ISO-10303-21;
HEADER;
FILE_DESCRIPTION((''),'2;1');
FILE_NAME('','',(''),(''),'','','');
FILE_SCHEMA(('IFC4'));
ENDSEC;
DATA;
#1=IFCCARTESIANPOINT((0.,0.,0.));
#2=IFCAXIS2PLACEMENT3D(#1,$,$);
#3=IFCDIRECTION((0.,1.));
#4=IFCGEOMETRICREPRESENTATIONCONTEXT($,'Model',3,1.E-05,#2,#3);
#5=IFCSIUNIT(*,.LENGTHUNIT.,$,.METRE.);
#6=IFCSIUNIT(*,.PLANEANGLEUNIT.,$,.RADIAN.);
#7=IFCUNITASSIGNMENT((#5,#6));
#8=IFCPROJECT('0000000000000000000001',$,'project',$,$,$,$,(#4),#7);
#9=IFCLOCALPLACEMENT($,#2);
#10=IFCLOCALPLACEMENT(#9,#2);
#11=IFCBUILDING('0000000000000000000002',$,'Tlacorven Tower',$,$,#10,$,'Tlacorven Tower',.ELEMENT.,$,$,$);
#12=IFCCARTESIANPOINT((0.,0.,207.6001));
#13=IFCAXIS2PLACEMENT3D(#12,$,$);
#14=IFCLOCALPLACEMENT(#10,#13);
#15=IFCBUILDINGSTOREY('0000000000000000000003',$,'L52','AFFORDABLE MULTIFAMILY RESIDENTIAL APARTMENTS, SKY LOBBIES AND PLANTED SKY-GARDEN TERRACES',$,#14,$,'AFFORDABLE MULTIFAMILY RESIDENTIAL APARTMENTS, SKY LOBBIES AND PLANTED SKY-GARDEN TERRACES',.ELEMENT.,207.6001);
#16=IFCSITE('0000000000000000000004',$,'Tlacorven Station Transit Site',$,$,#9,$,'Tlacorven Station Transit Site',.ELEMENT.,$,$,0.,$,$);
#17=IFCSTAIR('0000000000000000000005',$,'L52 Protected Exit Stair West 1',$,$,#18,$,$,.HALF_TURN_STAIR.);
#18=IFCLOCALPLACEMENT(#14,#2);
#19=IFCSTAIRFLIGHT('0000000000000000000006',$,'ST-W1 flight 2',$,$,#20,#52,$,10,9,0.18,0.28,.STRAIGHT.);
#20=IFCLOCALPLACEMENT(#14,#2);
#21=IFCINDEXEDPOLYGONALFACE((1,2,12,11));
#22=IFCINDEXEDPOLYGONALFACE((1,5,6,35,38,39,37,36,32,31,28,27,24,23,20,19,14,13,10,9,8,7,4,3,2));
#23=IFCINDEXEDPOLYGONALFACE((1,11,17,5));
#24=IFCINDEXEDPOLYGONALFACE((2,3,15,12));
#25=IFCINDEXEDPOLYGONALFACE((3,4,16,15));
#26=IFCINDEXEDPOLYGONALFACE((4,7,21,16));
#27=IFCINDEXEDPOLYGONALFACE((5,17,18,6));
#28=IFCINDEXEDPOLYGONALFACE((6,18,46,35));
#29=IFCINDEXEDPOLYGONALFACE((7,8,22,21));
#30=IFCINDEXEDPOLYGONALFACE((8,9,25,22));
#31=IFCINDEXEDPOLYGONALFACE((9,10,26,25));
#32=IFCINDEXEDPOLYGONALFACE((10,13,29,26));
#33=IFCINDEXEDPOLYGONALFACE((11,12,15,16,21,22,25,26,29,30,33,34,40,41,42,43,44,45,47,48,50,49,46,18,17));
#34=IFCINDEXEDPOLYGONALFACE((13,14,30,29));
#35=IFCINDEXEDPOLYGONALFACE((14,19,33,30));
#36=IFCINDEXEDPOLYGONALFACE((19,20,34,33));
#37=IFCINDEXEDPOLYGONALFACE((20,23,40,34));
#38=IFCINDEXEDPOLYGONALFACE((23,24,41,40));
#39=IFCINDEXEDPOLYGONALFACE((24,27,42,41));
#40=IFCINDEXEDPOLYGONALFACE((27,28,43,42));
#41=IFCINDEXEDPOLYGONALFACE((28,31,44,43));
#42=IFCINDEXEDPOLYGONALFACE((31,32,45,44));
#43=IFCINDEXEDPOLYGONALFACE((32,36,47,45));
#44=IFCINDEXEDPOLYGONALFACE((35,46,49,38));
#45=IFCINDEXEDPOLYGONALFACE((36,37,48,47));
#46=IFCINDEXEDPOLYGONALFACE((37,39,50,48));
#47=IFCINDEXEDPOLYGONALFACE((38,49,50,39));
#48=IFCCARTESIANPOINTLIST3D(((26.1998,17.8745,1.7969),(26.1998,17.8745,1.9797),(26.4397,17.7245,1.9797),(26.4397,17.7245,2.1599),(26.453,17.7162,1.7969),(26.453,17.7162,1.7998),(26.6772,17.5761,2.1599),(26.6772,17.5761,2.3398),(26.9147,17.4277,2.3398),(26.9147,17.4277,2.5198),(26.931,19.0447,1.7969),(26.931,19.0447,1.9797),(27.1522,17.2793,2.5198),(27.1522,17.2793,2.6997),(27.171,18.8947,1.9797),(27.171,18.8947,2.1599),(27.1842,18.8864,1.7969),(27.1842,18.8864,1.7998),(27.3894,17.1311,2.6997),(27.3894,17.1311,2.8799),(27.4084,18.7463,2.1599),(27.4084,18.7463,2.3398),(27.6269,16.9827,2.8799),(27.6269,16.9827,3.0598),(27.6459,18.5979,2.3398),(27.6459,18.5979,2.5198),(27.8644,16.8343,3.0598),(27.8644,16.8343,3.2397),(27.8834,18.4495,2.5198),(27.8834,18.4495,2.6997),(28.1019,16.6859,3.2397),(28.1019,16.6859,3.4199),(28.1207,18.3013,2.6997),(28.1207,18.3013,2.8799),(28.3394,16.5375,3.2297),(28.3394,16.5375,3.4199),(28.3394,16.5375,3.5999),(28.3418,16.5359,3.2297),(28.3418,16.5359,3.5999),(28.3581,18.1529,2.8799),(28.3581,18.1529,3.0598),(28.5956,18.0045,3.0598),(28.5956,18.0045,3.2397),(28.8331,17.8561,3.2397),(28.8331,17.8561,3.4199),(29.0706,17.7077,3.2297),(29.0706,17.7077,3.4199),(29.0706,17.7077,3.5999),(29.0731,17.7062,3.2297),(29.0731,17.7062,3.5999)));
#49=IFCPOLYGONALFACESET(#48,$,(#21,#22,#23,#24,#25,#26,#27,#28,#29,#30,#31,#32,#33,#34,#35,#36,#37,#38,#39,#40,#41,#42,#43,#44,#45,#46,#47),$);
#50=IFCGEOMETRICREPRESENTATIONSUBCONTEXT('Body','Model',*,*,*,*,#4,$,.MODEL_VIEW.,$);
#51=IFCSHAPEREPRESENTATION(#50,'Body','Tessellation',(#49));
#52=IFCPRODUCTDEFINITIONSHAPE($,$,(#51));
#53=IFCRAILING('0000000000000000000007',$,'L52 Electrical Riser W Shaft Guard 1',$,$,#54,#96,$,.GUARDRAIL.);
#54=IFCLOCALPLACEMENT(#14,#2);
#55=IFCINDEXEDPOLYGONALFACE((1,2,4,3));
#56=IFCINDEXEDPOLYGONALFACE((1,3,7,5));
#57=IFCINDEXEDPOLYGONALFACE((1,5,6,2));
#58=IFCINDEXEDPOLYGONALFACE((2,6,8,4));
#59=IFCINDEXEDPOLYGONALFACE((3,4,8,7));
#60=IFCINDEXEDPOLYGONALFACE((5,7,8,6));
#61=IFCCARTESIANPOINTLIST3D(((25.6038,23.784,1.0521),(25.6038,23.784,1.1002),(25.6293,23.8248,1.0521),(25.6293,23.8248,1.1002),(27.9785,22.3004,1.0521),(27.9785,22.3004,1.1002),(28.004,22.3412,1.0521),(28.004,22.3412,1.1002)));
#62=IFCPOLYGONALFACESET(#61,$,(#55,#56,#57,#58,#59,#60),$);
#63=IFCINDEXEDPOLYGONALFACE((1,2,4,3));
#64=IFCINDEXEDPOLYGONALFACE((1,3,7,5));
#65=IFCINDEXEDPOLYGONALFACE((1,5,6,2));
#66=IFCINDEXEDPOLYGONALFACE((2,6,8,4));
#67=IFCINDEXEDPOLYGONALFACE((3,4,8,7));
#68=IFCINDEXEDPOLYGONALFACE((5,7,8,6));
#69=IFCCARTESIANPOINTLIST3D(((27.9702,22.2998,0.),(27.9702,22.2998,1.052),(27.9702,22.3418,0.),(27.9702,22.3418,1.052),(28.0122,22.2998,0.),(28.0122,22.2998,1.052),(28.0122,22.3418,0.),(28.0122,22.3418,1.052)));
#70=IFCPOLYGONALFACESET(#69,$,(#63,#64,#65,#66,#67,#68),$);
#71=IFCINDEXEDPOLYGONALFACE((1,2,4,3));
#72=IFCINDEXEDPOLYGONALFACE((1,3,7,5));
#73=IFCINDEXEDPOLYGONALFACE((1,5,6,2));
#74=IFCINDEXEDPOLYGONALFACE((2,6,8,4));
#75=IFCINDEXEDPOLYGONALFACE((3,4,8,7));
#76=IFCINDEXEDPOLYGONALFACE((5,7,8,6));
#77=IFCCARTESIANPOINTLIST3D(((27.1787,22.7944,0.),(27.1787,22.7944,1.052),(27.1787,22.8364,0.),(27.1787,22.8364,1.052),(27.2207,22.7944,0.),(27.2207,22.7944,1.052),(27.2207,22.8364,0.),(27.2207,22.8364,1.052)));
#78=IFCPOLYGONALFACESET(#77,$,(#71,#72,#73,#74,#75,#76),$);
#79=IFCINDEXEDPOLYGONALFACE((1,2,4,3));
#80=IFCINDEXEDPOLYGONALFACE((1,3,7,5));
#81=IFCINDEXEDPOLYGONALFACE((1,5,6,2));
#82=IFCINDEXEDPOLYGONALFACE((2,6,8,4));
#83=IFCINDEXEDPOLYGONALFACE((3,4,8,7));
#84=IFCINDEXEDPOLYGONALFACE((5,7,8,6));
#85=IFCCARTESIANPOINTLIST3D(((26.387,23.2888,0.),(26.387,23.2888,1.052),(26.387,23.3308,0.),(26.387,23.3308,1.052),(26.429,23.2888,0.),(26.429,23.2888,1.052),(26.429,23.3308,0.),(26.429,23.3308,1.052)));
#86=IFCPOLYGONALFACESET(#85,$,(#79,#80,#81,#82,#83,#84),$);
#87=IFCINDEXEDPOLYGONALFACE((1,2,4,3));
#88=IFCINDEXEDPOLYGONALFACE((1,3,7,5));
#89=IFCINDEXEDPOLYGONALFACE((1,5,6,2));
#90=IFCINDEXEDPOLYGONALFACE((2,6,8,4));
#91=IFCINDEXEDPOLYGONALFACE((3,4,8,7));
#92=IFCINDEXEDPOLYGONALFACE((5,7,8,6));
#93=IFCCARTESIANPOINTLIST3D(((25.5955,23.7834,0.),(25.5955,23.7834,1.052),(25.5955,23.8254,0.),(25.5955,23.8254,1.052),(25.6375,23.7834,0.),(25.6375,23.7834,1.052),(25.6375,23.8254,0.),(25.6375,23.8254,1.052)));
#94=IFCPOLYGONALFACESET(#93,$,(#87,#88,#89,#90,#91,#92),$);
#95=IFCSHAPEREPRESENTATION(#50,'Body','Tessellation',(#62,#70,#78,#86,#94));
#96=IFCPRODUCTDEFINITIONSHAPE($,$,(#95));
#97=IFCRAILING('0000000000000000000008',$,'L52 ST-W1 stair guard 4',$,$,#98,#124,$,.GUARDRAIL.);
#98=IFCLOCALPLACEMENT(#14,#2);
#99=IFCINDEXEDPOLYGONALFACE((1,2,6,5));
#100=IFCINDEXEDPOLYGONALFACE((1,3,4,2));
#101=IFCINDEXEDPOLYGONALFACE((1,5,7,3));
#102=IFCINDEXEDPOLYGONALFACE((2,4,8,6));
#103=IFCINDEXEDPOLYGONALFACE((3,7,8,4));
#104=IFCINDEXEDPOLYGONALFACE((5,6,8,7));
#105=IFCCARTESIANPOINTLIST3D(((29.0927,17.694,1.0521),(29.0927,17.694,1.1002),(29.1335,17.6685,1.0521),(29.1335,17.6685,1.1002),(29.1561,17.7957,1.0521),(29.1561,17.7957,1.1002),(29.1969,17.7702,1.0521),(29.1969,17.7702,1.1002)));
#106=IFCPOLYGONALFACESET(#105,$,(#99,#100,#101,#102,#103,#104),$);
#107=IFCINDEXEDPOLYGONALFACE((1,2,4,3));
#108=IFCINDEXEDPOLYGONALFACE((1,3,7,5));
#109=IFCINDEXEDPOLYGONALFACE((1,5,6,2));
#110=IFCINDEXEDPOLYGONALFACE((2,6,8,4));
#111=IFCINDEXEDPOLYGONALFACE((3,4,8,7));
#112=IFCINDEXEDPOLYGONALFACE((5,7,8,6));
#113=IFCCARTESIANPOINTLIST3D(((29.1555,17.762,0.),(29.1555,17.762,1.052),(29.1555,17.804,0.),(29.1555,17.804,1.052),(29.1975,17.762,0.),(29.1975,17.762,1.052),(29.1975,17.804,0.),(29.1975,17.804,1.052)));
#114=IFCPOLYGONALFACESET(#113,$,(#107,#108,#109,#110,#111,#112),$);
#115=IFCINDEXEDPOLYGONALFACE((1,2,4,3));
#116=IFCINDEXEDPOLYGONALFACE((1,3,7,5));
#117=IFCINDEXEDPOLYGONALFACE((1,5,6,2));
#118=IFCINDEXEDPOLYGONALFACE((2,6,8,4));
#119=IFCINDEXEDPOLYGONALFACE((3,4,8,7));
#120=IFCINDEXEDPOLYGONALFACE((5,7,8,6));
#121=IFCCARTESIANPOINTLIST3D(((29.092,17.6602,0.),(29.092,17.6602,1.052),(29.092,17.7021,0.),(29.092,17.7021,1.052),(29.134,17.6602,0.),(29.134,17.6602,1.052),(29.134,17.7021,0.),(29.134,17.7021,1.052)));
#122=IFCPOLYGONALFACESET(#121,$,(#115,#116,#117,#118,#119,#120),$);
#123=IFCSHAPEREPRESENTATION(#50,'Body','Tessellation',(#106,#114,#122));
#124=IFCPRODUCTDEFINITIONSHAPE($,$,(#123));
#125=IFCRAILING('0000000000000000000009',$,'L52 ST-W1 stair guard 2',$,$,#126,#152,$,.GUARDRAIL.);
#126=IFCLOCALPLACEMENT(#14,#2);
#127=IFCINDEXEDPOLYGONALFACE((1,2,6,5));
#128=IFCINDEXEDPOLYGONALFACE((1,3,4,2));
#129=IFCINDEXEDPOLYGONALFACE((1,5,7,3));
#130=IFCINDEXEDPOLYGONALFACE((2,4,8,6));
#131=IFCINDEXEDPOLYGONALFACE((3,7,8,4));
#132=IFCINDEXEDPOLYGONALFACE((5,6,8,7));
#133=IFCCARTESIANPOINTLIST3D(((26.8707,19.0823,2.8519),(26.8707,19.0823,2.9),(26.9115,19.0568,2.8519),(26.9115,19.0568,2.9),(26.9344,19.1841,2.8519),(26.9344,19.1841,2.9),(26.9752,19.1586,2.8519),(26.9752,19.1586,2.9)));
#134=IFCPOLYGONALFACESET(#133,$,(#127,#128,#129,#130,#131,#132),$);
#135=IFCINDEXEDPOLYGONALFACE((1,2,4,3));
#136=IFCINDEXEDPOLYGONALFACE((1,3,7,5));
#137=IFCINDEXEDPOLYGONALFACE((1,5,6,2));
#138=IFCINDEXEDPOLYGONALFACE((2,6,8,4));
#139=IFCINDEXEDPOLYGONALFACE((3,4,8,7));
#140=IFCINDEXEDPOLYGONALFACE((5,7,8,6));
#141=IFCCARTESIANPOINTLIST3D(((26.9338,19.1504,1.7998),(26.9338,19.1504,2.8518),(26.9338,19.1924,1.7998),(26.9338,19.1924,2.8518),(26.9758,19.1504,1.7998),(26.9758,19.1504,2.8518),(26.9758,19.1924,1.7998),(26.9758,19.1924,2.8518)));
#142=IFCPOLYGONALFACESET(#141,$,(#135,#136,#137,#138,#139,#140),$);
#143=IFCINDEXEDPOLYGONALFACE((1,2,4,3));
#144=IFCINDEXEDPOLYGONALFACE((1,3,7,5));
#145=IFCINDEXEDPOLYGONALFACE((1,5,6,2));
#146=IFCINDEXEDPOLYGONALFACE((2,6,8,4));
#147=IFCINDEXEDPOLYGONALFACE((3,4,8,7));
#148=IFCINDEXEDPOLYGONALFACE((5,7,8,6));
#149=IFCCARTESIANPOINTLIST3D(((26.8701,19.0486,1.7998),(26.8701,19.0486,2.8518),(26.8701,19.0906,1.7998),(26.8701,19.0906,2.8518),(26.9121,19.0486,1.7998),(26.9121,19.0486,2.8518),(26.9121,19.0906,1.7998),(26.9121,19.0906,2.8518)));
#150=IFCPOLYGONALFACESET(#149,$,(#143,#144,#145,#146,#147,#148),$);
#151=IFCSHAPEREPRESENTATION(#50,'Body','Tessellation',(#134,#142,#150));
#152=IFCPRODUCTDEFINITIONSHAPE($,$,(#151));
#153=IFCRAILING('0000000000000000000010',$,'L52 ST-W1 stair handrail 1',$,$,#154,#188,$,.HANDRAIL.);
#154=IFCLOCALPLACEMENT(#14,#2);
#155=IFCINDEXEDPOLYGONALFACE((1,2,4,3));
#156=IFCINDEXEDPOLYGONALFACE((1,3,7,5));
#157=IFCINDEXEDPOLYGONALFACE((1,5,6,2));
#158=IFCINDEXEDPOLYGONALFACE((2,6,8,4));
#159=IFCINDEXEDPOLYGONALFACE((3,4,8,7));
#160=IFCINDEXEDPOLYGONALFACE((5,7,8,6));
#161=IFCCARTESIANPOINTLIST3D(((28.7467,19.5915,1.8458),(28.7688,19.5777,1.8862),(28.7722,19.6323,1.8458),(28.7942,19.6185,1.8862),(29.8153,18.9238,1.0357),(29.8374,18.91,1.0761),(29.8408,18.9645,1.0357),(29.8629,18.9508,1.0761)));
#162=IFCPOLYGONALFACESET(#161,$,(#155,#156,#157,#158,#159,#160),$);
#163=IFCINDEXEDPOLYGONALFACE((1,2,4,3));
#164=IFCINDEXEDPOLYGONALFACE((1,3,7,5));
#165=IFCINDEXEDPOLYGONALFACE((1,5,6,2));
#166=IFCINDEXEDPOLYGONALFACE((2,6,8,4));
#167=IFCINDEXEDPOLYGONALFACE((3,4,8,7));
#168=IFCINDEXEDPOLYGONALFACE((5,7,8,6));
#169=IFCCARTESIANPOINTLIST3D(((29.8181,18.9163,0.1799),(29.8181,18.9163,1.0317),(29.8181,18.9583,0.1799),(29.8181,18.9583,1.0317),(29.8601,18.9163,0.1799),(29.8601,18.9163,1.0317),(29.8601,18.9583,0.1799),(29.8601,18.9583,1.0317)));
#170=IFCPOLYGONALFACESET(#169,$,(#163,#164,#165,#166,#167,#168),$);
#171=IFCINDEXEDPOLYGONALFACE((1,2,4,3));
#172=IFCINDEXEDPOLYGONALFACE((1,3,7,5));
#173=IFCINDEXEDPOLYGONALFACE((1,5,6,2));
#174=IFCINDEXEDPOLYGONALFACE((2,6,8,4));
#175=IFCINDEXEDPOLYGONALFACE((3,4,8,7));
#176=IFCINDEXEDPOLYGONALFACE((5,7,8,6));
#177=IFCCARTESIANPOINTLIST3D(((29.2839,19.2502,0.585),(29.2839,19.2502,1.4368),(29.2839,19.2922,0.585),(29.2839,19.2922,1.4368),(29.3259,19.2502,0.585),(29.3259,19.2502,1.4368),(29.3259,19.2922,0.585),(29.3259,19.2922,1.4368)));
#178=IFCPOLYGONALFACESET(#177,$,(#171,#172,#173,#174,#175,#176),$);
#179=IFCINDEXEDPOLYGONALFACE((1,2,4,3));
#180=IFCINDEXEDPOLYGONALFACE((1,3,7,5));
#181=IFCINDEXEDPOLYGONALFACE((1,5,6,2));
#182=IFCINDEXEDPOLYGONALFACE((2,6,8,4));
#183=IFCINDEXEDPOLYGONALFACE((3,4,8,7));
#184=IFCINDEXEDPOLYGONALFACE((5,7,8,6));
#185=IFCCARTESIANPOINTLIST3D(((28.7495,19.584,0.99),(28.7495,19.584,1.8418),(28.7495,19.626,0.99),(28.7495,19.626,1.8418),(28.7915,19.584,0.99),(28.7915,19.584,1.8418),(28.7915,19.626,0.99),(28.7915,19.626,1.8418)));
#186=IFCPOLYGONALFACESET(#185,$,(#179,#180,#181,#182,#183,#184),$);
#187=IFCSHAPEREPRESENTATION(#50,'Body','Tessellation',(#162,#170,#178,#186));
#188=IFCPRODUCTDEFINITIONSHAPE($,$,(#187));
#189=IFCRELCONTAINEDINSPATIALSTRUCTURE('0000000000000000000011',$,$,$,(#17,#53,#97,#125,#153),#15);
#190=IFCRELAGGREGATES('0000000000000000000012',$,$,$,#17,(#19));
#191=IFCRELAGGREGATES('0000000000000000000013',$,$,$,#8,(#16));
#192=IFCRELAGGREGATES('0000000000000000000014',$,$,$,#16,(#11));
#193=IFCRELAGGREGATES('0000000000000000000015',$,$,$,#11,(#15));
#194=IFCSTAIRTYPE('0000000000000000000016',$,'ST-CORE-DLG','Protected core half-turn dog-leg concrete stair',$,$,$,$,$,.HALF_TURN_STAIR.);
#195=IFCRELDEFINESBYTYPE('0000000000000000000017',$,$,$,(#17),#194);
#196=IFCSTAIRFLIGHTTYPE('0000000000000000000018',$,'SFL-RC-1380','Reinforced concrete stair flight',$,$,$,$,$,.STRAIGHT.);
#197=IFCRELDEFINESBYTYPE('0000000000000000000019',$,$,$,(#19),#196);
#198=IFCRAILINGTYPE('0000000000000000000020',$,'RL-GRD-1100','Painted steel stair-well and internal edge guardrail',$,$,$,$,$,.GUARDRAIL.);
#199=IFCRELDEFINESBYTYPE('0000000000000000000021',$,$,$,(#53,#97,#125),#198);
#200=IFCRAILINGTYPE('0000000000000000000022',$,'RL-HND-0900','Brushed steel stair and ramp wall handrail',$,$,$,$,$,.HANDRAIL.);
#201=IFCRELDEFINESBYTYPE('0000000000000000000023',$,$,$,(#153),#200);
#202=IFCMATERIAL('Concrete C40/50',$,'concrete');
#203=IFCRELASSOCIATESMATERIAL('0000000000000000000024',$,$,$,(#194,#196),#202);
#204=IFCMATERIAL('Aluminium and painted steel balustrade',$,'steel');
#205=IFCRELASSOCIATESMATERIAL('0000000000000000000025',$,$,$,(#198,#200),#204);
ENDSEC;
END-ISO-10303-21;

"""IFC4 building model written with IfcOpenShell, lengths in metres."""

from ifc_helpers import new_model, si_unit, direction, frame, origin, origin_2d, place, context, subcontext, project, spatial, polyline, rectangle, outline, extrude, source, transform, mapped, material, type_object, element, aggregate, save


model = new_model("IFC4")

# Units and contexts
model_context = context("Model", 3, precision=1e-05, world=origin(), true_north=direction((0.0, 1.0)))
body_context = subcontext(model_context, "Body", "Model", "MODEL_VIEW")
ifc_project = project(units=[si_unit("LENGTHUNIT", "METRE"), si_unit("PLANEANGLEUNIT", "RADIAN")], contexts=[model_context])

# Site, building, storey
site_placement = place(None, origin())
site = spatial("IfcSite", under=ifc_project, at=site_placement, Name="Tlacorven Station Transit Site", LongName="Tlacorven Station Transit Site", CompositionType="ELEMENT", RefElevation=0.0)
building_placement = place(site_placement, origin())
building = spatial("IfcBuilding", under=site, at=building_placement, Name="Tlacorven Tower", LongName="Tlacorven Tower", CompositionType="ELEMENT")
storey_placement = place(building_placement, frame((0.0, 0.0, 207.6001)))
storey = spatial("IfcBuildingStorey", under=building, at=storey_placement, Name="L52", Description="AFFORDABLE MULTIFAMILY RESIDENTIAL APARTMENTS, SKY LOBBIES AND PLANTED SKY-GARDEN TERRACES", LongName="AFFORDABLE MULTIFAMILY RESIDENTIAL APARTMENTS, SKY LOBBIES AND PLANTED SKY-GARDEN TERRACES", CompositionType="ELEMENT", Elevation=207.6001)

# Shared definitions
ifc_material_1 = material(Name="Concrete C40/50", Category="concrete")

# Stair, stair flight
stair_type = type_object("IfcStairType", Name="ST-CORE-DLG", Description="Protected core half-turn dog-leg concrete stair", PredefinedType="HALF_TURN_STAIR", material=ifc_material_1)
stair_placement = place(storey_placement, origin())
stair = element("IfcStair", 1, at=stair_placement, inside=storey, type_object=stair_type, Name="L52 Protected Exit Stair West 1", PredefinedType="HALF_TURN_STAIR")
stair_flight_type = type_object("IfcStairFlightType", Name="SFL-RC-1380", Description="Reinforced concrete stair flight", PredefinedType="STRAIGHT", material=ifc_material_1)
shared_shape_1 = source(origin(), body_context, "Body", "SweptSolid", [
    extrude(outline(polyline([(-0.0029, -0.0029), (-0.0029, 0.1799), (0.28, 0.1799), (0.28, 0.3601), (0.5601, 0.3601), (0.5601, 0.54), (0.8401, 0.54), (0.8401, 0.72), (1.1201, 0.72), (1.1201, 0.8999), (1.3999, 0.8999), (1.3999, 1.0801), (1.6799, 1.0801), (1.6799, 1.26), (1.96, 1.26), (1.96, 1.4399), (2.24, 1.4399), (2.24, 1.6201), (2.52, 1.6201), (2.52, 1.8), (2.5229, 1.8), (2.5229, 1.4299), (2.52, 1.4299), (0.2957, 0.0), (0.2957, -0.0029), (-0.0029, -0.0029)])), frame((0.0, 0.6899, 0.0), z_axis=(0.0, -1.0, 0.0), x_axis=(1.0, 0.0, 0.0)), (0.0, 0.0, 1.0), 1.3799),
])
stair_flight_1_placement = place(storey_placement, frame((26.5679, 18.458, 1.7998), z_axis=(0.0, 0.0, 1.0), x_axis=(0.848048, -0.529919, 0.0)))
stair_flight_1 = element("IfcStairFlight", 2, at=stair_flight_1_placement, type_object=stair_flight_type, Name="ST-W1 flight 2", NumberOfRisers=10, NumberOfTreads=9, PredefinedType="STRAIGHT", RiserHeight=0.18, TreadLength=0.28, context=body_context, shape_type="MappedRepresentation", body=[
    mapped(shared_shape_1, transform((0.0, 0.0, 0.0), scale=1.0)),
])
aggregate(stair, [stair_flight_1])

# Railings
ifc_material_2 = material(Name="Aluminium and painted steel balustrade", Category="steel")
railing_type_1 = type_object("IfcRailingType", Name="RL-GRD-1100", Description="Painted steel stair-well and internal edge guardrail", PredefinedType="GUARDRAIL", material=ifc_material_2)
shared_shape_2 = source(origin(), body_context, "Body", "SweptSolid", [
    extrude(rectangle(XDim=0.0481, YDim=0.0481, at=origin_2d()), frame((0.0, 0.0, 1.0762), z_axis=(-0.848091, 0.52985, 0.0), x_axis=(-0.52985, -0.848091, 0.0)), (0.0, 0.0, 1.0), 2.8),
    extrude(rectangle(XDim=0.042, YDim=0.042, at=origin_2d()), origin(), (0.0, 0.0, 1.0), 1.052),
    extrude(rectangle(XDim=0.042, YDim=0.042, at=origin_2d()), frame((-0.7915, 0.4946, 0.0)), (0.0, 0.0, 1.0), 1.052),
    extrude(rectangle(XDim=0.042, YDim=0.042, at=origin_2d()), frame((-1.5833, 0.989, 0.0)), (0.0, 0.0, 1.0), 1.052),
    extrude(rectangle(XDim=0.042, YDim=0.042, at=origin_2d()), frame((-2.3748, 1.4836, 0.0)), (0.0, 0.0, 1.0), 1.052),
])
railing_1_placement = place(storey_placement, frame((27.9912, 22.3208, 0.0)))
element("IfcRailing", 3, at=railing_1_placement, inside=storey, type_object=railing_type_1, Name="L52 Electrical Riser W Shaft Guard 1", PredefinedType="GUARDRAIL", context=body_context, shape_type="MappedRepresentation", body=[
    mapped(shared_shape_2, transform((0.0, 0.0, 0.0), scale=1.0)),
])
shared_shape_3 = source(origin(), body_context, "Body", "SweptSolid", [
    extrude(rectangle(XDim=0.0481, YDim=0.0481, at=origin_2d()), frame((0.0, 0.0, 1.0762), z_axis=(-0.529084, -0.848569, 0.0), x_axis=(0.848569, -0.529084, 0.0)), (0.0, 0.0, 1.0), 0.1199),
    extrude(rectangle(XDim=0.042, YDim=0.042, at=origin_2d()), origin(), (0.0, 0.0, 1.0), 1.052),
    extrude(rectangle(XDim=0.042, YDim=0.042, at=origin_2d()), frame((-0.0635, -0.1018, 0.0)), (0.0, 0.0, 1.0), 1.052),
])
railing_2_placement = place(storey_placement, frame((29.1765, 17.783, 0.0)))
element("IfcRailing", 4, at=railing_2_placement, inside=storey, type_object=railing_type_1, Name="L52 ST-W1 stair guard 4", PredefinedType="GUARDRAIL", context=body_context, shape_type="MappedRepresentation", body=[
    mapped(shared_shape_3, transform((0.0, 0.0, 0.0), scale=1.0)),
])
shared_shape_4 = source(origin(), body_context, "Body", "SweptSolid", [
    extrude(rectangle(XDim=0.0481, YDim=0.0481, at=origin_2d()), frame((0.0, 0.0, 1.0762), z_axis=(-0.530547, -0.847656, 0.0), x_axis=(0.847656, -0.530547, 0.0)), (0.0, 0.0, 1.0), 0.1201),
    extrude(rectangle(XDim=0.042, YDim=0.042, at=origin_2d()), origin(), (0.0, 0.0, 1.0), 1.052),
    extrude(rectangle(XDim=0.042, YDim=0.042, at=origin_2d()), frame((-0.0637, -0.1018, 0.0)), (0.0, 0.0, 1.0), 1.052),
])
railing_3_placement = place(storey_placement, frame((26.9548, 19.1714, 1.7998)))
element("IfcRailing", 5, at=railing_3_placement, inside=storey, type_object=railing_type_1, Name="L52 ST-W1 stair guard 2", PredefinedType="GUARDRAIL", context=body_context, shape_type="MappedRepresentation", body=[
    mapped(shared_shape_4, transform((0.0, 0.0, 0.0), scale=1.0)),
])
railing_type_2 = type_object("IfcRailingType", Name="RL-HND-0900", Description="Brushed steel stair and ramp wall handrail", PredefinedType="HANDRAIL", material=ifc_material_2)
shared_shape_5 = source(origin(), body_context, "Body", "SweptSolid", [
    extrude(rectangle(XDim=0.0481, YDim=0.0481, at=origin_2d()), frame((0.0, 0.0, 0.876), z_axis=(-0.71336, 0.445748, 0.540765), x_axis=(-0.529912, -0.848053, 0.0)), (0.0, 0.0, 1.0), 1.498),
    extrude(rectangle(XDim=0.042, YDim=0.042, at=origin_2d()), origin(), (0.0, 0.0, 1.0), 0.8518),
    extrude(rectangle(XDim=0.042, YDim=0.042, at=origin_2d()), frame((-0.5342, 0.334, 0.405)), (0.0, 0.0, 1.0), 0.8518),
    extrude(rectangle(XDim=0.042, YDim=0.042, at=origin_2d()), frame((-1.0686, 0.6677, 0.8101)), (0.0, 0.0, 1.0), 0.8518),
])
railing_4_placement = place(storey_placement, frame((29.8391, 18.9373, 0.1799)))
element("IfcRailing", 6, at=railing_4_placement, inside=storey, type_object=railing_type_2, Name="L52 ST-W1 stair handrail 1", PredefinedType="HANDRAIL", context=body_context, shape_type="MappedRepresentation", body=[
    mapped(shared_shape_5, transform((0.0, 0.0, 0.0), scale=1.0)),
])

save(model, "model.ifc")
